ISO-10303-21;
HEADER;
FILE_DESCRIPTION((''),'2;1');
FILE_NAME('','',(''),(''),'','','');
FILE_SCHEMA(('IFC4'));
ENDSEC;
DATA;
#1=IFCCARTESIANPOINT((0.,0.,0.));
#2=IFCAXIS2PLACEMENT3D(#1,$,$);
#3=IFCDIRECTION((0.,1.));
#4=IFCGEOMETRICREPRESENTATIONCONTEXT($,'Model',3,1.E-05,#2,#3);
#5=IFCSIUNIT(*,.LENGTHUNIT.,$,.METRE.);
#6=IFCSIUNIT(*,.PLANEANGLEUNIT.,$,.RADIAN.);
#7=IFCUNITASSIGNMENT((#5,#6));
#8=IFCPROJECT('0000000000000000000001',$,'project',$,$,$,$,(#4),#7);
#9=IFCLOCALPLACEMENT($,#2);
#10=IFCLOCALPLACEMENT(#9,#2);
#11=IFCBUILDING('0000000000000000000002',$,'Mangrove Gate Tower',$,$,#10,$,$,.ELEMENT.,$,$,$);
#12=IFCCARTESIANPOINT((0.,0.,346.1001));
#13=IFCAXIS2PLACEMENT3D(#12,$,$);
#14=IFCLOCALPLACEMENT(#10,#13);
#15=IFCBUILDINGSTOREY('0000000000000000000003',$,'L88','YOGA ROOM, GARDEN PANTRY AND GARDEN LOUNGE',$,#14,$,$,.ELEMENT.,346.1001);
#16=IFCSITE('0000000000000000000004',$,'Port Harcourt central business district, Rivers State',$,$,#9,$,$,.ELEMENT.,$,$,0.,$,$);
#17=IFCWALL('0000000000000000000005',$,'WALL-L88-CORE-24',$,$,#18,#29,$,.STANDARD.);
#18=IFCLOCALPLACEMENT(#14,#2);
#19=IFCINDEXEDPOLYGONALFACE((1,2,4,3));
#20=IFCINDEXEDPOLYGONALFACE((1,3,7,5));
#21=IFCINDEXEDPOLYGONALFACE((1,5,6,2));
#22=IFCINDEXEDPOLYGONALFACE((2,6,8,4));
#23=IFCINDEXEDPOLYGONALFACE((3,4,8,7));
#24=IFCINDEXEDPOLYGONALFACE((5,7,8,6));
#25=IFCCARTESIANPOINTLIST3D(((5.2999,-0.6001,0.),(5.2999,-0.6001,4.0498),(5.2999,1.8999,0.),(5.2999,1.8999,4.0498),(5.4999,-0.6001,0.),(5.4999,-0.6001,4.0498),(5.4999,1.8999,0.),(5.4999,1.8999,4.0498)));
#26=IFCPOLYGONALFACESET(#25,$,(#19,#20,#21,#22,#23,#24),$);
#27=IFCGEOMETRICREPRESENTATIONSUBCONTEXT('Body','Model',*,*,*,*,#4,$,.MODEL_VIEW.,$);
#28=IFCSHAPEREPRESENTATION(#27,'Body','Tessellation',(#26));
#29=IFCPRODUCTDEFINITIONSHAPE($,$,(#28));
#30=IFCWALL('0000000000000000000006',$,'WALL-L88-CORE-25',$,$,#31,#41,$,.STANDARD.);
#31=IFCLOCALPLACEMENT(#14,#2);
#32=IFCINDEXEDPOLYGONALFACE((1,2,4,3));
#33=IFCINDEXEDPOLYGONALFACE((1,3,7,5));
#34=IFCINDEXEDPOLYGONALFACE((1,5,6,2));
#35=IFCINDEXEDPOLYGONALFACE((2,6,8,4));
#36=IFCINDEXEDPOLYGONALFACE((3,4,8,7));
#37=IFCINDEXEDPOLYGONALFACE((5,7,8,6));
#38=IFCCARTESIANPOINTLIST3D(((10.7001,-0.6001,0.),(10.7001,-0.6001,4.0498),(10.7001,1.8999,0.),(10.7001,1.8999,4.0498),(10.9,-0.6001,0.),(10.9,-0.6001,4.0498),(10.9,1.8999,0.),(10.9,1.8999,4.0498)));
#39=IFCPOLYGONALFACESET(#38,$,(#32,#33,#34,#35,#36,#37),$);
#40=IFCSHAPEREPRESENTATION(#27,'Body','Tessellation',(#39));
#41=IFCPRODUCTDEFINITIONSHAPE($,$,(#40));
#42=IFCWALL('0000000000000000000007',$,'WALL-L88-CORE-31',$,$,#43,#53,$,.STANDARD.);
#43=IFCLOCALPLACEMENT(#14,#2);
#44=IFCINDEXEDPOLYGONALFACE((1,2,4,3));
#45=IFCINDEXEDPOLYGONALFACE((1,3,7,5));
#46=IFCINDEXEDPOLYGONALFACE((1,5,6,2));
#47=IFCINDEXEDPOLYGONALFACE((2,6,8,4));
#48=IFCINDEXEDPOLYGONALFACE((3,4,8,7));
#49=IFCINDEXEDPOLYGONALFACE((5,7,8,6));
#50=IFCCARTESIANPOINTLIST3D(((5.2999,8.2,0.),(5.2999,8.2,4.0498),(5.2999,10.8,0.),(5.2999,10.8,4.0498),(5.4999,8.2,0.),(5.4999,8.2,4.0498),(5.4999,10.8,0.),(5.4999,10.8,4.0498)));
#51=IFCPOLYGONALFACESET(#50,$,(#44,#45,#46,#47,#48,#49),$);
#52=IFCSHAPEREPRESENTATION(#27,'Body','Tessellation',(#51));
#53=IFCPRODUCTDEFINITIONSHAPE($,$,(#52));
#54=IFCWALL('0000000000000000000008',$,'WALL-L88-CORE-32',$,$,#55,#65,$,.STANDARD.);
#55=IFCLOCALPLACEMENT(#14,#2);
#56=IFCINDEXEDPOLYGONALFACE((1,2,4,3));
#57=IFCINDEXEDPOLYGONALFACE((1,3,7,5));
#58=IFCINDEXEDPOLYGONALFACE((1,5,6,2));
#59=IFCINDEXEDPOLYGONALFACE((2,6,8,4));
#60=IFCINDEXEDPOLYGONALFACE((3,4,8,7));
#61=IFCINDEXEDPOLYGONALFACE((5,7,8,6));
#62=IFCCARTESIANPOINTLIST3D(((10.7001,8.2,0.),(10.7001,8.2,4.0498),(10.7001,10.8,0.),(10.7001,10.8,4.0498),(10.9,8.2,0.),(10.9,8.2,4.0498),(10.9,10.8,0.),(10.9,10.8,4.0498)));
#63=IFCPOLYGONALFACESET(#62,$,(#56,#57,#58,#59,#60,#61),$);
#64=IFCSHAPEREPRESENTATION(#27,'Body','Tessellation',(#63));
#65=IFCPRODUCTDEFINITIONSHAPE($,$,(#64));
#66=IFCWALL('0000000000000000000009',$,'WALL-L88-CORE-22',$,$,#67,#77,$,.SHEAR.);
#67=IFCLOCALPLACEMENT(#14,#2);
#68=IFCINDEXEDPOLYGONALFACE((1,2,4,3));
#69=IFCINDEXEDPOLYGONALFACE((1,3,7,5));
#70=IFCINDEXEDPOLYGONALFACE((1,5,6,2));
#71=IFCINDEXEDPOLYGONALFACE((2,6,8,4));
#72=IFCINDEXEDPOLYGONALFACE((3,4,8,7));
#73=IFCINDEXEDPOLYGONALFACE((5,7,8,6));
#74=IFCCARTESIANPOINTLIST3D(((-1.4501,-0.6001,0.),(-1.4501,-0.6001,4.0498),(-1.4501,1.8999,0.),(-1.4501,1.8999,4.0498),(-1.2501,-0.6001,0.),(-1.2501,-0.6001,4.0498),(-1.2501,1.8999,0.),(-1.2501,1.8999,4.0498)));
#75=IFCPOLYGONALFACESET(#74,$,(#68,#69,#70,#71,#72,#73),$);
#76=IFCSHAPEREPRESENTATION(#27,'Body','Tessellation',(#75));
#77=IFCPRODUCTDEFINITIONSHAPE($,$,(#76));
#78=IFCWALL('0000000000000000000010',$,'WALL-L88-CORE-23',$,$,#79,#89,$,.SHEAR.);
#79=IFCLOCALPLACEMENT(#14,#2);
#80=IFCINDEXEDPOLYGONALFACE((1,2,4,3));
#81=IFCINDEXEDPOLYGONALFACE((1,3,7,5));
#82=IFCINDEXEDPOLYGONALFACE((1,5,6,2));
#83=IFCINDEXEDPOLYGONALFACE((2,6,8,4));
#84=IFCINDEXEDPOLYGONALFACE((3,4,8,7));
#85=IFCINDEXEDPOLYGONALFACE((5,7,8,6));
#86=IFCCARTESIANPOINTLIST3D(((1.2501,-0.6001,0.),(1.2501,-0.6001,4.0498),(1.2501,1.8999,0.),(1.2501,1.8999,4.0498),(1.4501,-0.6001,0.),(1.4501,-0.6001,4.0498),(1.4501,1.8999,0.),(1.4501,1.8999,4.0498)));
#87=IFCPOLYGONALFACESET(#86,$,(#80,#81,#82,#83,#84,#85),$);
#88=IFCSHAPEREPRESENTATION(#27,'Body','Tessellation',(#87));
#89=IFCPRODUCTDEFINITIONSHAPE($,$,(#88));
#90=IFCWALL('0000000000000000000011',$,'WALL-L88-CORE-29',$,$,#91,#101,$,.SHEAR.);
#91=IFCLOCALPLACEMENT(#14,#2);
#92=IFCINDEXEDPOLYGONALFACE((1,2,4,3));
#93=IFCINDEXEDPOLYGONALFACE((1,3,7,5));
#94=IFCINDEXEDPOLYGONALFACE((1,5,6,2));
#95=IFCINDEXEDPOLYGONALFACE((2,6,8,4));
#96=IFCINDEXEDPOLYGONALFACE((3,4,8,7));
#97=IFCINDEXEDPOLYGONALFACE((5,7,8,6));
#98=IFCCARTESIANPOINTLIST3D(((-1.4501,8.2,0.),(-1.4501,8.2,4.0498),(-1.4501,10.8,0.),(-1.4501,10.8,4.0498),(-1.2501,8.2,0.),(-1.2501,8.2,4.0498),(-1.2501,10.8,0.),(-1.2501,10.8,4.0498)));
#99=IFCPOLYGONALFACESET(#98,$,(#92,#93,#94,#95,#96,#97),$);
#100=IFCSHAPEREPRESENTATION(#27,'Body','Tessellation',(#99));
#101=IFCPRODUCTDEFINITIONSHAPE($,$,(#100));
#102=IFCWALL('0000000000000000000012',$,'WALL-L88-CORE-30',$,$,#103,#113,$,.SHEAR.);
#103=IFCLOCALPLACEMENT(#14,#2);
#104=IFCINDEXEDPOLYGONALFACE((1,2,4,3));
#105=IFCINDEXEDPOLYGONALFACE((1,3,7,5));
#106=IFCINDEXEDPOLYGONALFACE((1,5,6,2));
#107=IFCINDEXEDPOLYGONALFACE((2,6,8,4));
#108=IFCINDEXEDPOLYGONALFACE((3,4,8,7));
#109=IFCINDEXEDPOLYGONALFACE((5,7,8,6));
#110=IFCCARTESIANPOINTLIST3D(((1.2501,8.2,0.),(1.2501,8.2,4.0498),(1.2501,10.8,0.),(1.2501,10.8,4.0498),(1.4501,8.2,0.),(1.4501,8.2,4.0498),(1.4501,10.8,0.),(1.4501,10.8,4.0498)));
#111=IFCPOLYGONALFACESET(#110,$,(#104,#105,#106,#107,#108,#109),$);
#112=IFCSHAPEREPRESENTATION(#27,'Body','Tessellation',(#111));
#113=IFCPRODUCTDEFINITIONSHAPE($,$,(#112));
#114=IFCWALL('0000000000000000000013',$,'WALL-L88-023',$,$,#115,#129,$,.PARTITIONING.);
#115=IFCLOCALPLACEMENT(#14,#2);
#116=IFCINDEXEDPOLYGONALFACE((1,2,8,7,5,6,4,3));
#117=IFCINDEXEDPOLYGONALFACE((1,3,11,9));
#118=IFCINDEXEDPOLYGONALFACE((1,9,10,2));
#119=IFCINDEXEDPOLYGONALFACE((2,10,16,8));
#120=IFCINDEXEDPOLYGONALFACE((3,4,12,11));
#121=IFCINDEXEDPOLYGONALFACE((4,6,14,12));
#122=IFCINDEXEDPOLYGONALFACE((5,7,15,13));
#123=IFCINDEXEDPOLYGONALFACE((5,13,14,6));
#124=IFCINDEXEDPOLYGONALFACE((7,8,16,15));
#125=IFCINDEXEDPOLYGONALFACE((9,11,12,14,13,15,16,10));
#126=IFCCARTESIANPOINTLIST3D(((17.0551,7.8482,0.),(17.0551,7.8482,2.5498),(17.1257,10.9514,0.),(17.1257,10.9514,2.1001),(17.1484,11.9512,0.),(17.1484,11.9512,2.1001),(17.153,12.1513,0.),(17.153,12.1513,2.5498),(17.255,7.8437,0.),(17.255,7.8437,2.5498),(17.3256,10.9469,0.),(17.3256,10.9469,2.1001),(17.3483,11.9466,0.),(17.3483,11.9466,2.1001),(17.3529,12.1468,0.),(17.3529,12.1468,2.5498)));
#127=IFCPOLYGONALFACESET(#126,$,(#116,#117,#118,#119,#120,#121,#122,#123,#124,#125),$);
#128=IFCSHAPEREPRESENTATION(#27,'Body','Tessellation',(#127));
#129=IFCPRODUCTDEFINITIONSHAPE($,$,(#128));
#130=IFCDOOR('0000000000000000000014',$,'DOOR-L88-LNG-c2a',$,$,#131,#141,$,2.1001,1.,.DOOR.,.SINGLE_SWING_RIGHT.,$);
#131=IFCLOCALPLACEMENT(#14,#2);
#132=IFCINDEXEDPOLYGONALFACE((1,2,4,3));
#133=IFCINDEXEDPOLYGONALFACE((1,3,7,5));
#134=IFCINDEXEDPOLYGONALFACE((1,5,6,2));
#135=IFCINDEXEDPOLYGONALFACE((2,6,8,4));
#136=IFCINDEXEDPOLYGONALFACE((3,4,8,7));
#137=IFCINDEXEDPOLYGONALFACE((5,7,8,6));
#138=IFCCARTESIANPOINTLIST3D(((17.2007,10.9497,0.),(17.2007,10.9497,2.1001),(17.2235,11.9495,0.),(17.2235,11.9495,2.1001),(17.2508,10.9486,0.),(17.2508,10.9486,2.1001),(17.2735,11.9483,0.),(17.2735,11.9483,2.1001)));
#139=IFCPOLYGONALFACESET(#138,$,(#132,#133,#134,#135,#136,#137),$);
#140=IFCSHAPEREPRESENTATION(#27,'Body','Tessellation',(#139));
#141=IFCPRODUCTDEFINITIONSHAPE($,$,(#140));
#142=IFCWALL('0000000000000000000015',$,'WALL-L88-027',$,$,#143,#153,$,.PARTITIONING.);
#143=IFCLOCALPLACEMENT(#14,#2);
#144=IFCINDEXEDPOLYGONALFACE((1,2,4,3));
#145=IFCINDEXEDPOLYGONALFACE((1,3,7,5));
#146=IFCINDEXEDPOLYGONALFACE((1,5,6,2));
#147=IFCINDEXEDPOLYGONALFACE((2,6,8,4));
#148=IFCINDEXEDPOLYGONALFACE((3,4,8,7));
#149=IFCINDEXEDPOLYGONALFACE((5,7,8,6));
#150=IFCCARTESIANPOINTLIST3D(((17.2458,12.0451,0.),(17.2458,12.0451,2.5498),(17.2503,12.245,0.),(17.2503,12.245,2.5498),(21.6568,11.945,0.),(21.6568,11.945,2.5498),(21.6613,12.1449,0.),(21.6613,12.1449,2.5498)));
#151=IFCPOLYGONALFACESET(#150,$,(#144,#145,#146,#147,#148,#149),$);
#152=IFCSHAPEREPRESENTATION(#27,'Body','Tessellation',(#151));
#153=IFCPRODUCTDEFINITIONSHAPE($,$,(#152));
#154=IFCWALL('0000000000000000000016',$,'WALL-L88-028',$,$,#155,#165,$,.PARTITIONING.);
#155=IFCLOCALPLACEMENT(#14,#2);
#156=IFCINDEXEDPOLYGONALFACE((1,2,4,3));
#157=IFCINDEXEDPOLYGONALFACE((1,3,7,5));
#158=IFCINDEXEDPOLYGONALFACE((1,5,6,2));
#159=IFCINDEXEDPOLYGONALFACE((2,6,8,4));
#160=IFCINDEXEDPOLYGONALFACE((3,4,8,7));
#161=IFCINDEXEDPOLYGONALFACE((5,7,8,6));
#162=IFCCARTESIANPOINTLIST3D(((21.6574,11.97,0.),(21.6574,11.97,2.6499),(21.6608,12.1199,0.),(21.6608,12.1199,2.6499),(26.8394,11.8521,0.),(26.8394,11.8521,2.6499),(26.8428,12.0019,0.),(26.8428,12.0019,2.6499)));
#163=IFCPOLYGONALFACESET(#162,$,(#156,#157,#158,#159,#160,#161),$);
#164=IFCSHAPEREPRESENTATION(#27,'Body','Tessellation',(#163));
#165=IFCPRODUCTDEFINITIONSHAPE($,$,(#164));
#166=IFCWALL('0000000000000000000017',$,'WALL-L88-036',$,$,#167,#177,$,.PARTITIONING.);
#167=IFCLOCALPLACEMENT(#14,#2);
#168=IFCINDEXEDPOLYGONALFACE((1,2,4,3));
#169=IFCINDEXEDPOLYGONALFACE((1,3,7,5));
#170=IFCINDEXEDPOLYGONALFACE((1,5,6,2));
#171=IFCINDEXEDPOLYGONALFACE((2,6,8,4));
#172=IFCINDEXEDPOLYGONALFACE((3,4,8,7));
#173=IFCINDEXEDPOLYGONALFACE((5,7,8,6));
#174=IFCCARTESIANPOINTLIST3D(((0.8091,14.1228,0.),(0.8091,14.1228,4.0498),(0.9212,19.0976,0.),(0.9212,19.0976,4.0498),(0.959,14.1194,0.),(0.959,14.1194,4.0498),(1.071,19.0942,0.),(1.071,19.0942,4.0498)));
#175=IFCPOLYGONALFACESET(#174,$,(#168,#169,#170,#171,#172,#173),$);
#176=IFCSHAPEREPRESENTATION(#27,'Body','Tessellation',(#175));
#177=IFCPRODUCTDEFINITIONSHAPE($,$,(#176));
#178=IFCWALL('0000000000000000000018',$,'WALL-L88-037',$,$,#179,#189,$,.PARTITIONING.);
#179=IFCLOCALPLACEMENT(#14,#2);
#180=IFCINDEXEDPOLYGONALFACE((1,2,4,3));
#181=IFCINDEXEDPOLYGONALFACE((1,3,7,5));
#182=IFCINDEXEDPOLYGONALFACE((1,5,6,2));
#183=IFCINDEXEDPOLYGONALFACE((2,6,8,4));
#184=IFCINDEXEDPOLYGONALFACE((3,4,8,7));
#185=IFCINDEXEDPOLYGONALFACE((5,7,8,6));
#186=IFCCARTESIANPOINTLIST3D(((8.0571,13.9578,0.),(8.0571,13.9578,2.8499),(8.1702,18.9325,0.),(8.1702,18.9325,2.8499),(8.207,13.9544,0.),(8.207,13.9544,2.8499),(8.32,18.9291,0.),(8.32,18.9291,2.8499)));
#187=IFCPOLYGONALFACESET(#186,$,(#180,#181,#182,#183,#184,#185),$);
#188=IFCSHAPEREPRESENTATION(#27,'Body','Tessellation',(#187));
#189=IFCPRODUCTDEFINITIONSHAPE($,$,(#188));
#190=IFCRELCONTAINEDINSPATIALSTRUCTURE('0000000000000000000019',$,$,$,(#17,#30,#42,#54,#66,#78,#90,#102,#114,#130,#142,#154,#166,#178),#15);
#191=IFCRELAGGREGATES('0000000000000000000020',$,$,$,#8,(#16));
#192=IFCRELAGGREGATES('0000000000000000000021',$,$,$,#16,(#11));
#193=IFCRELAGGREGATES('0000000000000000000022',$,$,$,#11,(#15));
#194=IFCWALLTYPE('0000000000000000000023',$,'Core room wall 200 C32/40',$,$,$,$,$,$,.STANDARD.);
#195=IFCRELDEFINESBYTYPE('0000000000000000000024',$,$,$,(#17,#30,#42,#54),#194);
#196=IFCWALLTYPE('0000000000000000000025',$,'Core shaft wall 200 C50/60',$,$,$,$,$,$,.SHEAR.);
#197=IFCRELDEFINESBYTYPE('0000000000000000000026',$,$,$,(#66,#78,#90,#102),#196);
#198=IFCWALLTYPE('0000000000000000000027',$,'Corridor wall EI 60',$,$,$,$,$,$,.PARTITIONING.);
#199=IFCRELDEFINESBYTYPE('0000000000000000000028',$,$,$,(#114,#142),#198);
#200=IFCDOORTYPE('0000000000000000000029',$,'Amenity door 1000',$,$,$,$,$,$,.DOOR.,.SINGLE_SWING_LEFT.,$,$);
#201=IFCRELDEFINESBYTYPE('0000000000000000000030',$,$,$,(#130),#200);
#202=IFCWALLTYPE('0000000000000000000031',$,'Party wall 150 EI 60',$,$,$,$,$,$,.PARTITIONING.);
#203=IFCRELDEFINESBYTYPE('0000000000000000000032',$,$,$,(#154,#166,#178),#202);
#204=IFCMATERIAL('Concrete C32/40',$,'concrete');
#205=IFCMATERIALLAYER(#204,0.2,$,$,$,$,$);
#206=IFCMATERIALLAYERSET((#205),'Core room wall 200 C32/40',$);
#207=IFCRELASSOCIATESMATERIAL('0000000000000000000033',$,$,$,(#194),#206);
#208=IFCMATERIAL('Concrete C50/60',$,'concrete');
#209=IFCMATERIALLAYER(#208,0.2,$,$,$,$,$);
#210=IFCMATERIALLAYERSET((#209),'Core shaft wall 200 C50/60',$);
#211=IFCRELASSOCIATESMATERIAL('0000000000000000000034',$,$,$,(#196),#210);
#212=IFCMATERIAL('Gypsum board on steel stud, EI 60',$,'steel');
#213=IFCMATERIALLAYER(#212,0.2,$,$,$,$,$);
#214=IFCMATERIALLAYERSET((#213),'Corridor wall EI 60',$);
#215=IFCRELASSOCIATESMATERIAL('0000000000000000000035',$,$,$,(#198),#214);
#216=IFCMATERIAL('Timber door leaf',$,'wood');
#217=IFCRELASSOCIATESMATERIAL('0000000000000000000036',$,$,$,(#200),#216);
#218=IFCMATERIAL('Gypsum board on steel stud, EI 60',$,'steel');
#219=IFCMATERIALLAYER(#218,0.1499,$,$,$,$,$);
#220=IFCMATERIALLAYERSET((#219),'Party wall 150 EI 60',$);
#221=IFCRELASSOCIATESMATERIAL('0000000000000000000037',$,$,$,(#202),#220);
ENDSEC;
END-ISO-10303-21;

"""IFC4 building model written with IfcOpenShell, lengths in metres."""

from ifc_helpers import new_model, si_unit, direction, frame, frame_2d, origin, place, context, subcontext, project, spatial, rectangle, extrude, material, layer, layer_set, type_object, element, fill, save


model = new_model("IFC4")

# Units and contexts
model_context = context("Model", 3, precision=1e-05, world=origin(), true_north=direction((0.0, 1.0)))
body_context = subcontext(model_context, "Body", "Model", "MODEL_VIEW")
ifc_project = project(units=[si_unit("LENGTHUNIT", "METRE"), si_unit("PLANEANGLEUNIT", "RADIAN")], contexts=[model_context])

# Site, building, storey
site_placement = place(None, origin())
site = spatial("IfcSite", under=ifc_project, at=site_placement, Name="Port Harcourt central business district, Rivers State", CompositionType="ELEMENT", RefElevation=0.0)
building_placement = place(site_placement, origin())
building = spatial("IfcBuilding", under=site, at=building_placement, Name="Mangrove Gate Tower", CompositionType="ELEMENT")
storey_placement = place(building_placement, frame((0.0, 0.0, 346.1001)))
storey = spatial("IfcBuildingStorey", under=building, at=storey_placement, Name="L88", Description="YOGA ROOM, GARDEN PANTRY AND GARDEN LOUNGE", CompositionType="ELEMENT", Elevation=346.1001)

# Walls
ifc_material_1 = material(Name="Concrete C32/40", Category="concrete")
ifc_layer_1 = layer(ifc_material_1, 0.2)
ifc_layer_set_1 = layer_set([ifc_layer_1], Name="Core room wall 200 C32/40")
wall_type_1 = type_object("IfcWallType", Name="Core room wall 200 C32/40", PredefinedType="STANDARD", material=ifc_layer_set_1)
for number, where, z_axis, x_axis, name in (
    (1, (5.3999, -0.6001, 0.0), (0.0, 0.0, 1.0), (0.0, 1.0, 0.0), "WALL-L88-CORE-24"),
    (2, (10.8, -0.6001, 0.0), (0.0, 0.0, 1.0), (0.0, 1.0, 0.0), "WALL-L88-CORE-25"),
):
    element("IfcWall", number, at=place(storey_placement, frame(where, z_axis=z_axis, x_axis=x_axis)), inside=storey, type_object=wall_type_1, Name=name, PredefinedType="STANDARD", context=body_context, shape_type="SweptSolid", body=[
        extrude(rectangle(XDim=2.5, YDim=0.2, at=frame_2d((1.25, 0.0))), origin(), (0.0, 0.0, 1.0), 4.0498),
    ])
for number, where, z_axis, x_axis, name in (
    (3, (5.3999, 8.2, 0.0), (0.0, 0.0, 1.0), (0.0, 1.0, 0.0), "WALL-L88-CORE-31"),
    (4, (10.8, 8.2, 0.0), (0.0, 0.0, 1.0), (0.0, 1.0, 0.0), "WALL-L88-CORE-32"),
):
    element("IfcWall", number, at=place(storey_placement, frame(where, z_axis=z_axis, x_axis=x_axis)), inside=storey, type_object=wall_type_1, Name=name, PredefinedType="STANDARD", context=body_context, shape_type="SweptSolid", body=[
        extrude(rectangle(XDim=2.6001, YDim=0.2, at=frame_2d((1.3, 0.0))), origin(), (0.0, 0.0, 1.0), 4.0498),
    ])
ifc_material_2 = material(Name="Concrete C50/60", Category="concrete")
ifc_layer_2 = layer(ifc_material_2, 0.2)
ifc_layer_set_2 = layer_set([ifc_layer_2], Name="Core shaft wall 200 C50/60")
wall_type_2 = type_object("IfcWallType", Name="Core shaft wall 200 C50/60", PredefinedType="SHEAR", material=ifc_layer_set_2)
for number, where, z_axis, x_axis, name in (
    (5, (-1.3501, -0.6001, 0.0), (0.0, 0.0, 1.0), (0.0, 1.0, 0.0), "WALL-L88-CORE-22"),
    (6, (1.3501, -0.6001, 0.0), (0.0, 0.0, 1.0), (0.0, 1.0, 0.0), "WALL-L88-CORE-23"),
):
    element("IfcWall", number, at=place(storey_placement, frame(where, z_axis=z_axis, x_axis=x_axis)), inside=storey, type_object=wall_type_2, Name=name, PredefinedType="SHEAR", context=body_context, shape_type="SweptSolid", body=[
        extrude(rectangle(XDim=2.5, YDim=0.2, at=frame_2d((1.25, 0.0))), origin(), (0.0, 0.0, 1.0), 4.0498),
    ])
for number, where, z_axis, x_axis, name in (
    (7, (-1.3501, 8.2, 0.0), (0.0, 0.0, 1.0), (0.0, 1.0, 0.0), "WALL-L88-CORE-29"),
    (8, (1.3501, 8.2, 0.0), (0.0, 0.0, 1.0), (0.0, 1.0, 0.0), "WALL-L88-CORE-30"),
):
    element("IfcWall", number, at=place(storey_placement, frame(where, z_axis=z_axis, x_axis=x_axis)), inside=storey, type_object=wall_type_2, Name=name, PredefinedType="SHEAR", context=body_context, shape_type="SweptSolid", body=[
        extrude(rectangle(XDim=2.6001, YDim=0.2, at=frame_2d((1.3, 0.0))), origin(), (0.0, 0.0, 1.0), 4.0498),
    ])

# Wall, opening, door
ifc_material_3 = material(Name="Gypsum board on steel stud, EI 60", Category="steel")
ifc_layer_3 = layer(ifc_material_3, 0.2)
ifc_layer_set_3 = layer_set([ifc_layer_3], Name="Corridor wall EI 60")
wall_type_3 = type_object("IfcWallType", Name="Corridor wall EI 60", PredefinedType="PARTITIONING", material=ifc_layer_set_3)
wall_1_placement = place(storey_placement, frame((17.155, 7.8459, 0.0), z_axis=(0.0, 0.0, 1.0), x_axis=(0.022746, 0.999741, 0.0)))
wall_1 = element("IfcWall", 9, at=wall_1_placement, inside=storey, type_object=wall_type_3, Name="WALL-L88-023", PredefinedType="PARTITIONING", context=body_context, shape_type="SweptSolid", body=[
    extrude(rectangle(XDim=4.3042, YDim=0.2, at=frame_2d((2.1521, 0.0))), origin(), (0.0, 0.0, 1.0), 2.5498),
])
opening_placement = place(wall_1_placement, frame((3.104, 0.0, 0.0)))
opening = element("IfcOpeningElement", 10, at=opening_placement, cuts=wall_1, PredefinedType="OPENING", context=body_context, shape_type="SweptSolid", body=[
    extrude(rectangle(XDim=1.0, YDim=2.1001, at=frame_2d((0.5, 1.05))), frame((0.0, 0.1099, 0.0), z_axis=(0.0, -1.0, 0.0), x_axis=(1.0, 0.0, 0.0)), (0.0, 0.0, 1.0), 0.22),
])
ifc_material_4 = material(Name="Timber door leaf", Category="wood")
door_type = type_object("IfcDoorType", Name="Amenity door 1000", OperationType="SINGLE_SWING_LEFT", PredefinedType="DOOR", material=ifc_material_4)
door_placement = place(opening_placement, origin())
door = element("IfcDoor", 11, at=door_placement, inside=storey, type_object=door_type, Name="DOOR-L88-LNG-c2a", OperationType="SINGLE_SWING_RIGHT", OverallHeight=2.1001, OverallWidth=1.0, PredefinedType="DOOR", context=body_context, shape_type="SweptSolid", body=[
    extrude(rectangle(XDim=1.0, YDim=2.1001, at=frame_2d((0.5, 1.05))), frame((0.0, 0.0249, 0.0), z_axis=(0.0, -1.0, 0.0), x_axis=(1.0, 0.0, 0.0)), (0.0, 0.0, 1.0), 0.05),
])
fill(opening, door)

# Walls
wall_2_placement = place(storey_placement, frame((17.248, 12.145, 0.0), z_axis=(0.0, 0.0, 1.0), x_axis=(0.999743, -0.022687, 0.0)))
element("IfcWall", 12, at=wall_2_placement, inside=storey, type_object=wall_type_3, Name="WALL-L88-027", PredefinedType="PARTITIONING", context=body_context, shape_type="SweptSolid", body=[
    extrude(rectangle(XDim=4.4121, YDim=0.2, at=frame_2d((2.2061, 0.0))), origin(), (0.0, 0.0, 1.0), 2.5498),
])
ifc_material_5 = material(Name="Gypsum board on steel stud, EI 60", Category="steel")
ifc_layer_4 = layer(ifc_material_5, 0.1499)
ifc_layer_set_4 = layer_set([ifc_layer_4], Name="Party wall 150 EI 60")
wall_type_4 = type_object("IfcWallType", Name="Party wall 150 EI 60", PredefinedType="PARTITIONING", material=ifc_layer_set_4)
wall_3_placement = place(storey_placement, frame((21.6589, 12.0449, 0.0), z_axis=(0.0, 0.0, 1.0), x_axis=(0.999741, -0.022749, 0.0)))
element("IfcWall", 13, at=wall_3_placement, inside=storey, type_object=wall_type_4, Name="WALL-L88-028", PredefinedType="PARTITIONING", context=body_context, shape_type="SweptSolid", body=[
    extrude(rectangle(XDim=5.1833, YDim=0.1499, at=frame_2d((2.5918, 0.0))), origin(), (0.0, 0.0, 1.0), 2.6499),
])
wall_4_placement = place(storey_placement, frame((0.884, 14.1211, 0.0), z_axis=(0.0, 0.0, 1.0), x_axis=(0.02252, 0.999746, 0.0)))
element("IfcWall", 14, at=wall_4_placement, inside=storey, type_object=wall_type_4, Name="WALL-L88-036", PredefinedType="PARTITIONING", context=body_context, shape_type="SweptSolid", body=[
    extrude(rectangle(XDim=4.9761, YDim=0.1499, at=frame_2d((2.488, 0.0))), origin(), (0.0, 0.0, 1.0), 4.0498),
])
wall_5_placement = place(storey_placement, frame((8.1321, 13.9561, 0.0), z_axis=(0.0, 0.0, 1.0), x_axis=(0.022716, 0.999742, 0.0)))
element("IfcWall", 15, at=wall_5_placement, inside=storey, type_object=wall_type_4, Name="WALL-L88-037", PredefinedType="PARTITIONING", context=body_context, shape_type="SweptSolid", body=[
    extrude(rectangle(XDim=4.9761, YDim=0.1499, at=frame_2d((2.488, 0.0))), origin(), (0.0, 0.0, 1.0), 2.8499),
])

save(model, "model.ifc")
